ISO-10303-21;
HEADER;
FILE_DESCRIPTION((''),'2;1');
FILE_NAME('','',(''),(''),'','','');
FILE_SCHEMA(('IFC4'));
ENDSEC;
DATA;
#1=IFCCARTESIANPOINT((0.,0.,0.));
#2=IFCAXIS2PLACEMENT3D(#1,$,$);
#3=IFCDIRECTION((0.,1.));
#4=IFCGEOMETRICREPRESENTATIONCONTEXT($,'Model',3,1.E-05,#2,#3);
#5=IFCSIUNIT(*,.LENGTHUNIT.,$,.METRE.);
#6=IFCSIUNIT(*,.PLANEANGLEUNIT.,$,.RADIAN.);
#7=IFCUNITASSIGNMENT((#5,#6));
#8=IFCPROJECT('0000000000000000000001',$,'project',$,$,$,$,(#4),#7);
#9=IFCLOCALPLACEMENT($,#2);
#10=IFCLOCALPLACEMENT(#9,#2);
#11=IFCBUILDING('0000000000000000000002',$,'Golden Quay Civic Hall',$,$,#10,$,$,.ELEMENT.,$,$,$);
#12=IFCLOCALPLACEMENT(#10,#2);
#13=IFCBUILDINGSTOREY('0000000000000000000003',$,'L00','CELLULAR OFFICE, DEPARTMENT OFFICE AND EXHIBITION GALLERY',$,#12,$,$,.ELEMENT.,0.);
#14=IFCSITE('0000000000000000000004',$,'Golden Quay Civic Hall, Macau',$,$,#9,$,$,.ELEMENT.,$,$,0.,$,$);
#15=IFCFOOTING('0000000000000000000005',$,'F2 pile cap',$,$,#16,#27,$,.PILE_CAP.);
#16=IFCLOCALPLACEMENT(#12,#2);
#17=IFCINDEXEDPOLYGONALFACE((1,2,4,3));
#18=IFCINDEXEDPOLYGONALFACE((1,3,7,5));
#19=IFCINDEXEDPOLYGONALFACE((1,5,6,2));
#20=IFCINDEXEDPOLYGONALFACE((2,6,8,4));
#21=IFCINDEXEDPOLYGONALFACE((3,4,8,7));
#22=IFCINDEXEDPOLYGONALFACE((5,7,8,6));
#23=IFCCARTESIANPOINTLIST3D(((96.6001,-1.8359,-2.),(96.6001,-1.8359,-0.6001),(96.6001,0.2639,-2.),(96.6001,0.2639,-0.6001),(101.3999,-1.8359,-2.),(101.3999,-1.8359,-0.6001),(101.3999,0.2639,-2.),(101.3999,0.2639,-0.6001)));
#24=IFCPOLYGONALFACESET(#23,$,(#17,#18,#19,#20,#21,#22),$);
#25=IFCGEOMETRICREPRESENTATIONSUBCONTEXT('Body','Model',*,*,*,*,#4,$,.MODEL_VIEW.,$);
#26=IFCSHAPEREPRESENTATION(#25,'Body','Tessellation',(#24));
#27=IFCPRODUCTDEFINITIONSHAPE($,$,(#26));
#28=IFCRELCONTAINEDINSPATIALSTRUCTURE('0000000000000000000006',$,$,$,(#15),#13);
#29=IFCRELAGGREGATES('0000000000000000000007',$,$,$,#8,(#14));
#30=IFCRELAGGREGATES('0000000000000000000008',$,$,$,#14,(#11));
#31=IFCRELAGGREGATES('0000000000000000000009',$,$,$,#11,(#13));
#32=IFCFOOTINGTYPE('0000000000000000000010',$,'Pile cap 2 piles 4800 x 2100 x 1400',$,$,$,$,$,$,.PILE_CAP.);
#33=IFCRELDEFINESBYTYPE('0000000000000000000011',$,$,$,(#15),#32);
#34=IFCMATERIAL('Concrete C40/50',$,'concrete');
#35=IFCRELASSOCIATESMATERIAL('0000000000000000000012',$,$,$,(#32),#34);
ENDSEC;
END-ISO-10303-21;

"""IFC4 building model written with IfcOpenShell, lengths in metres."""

from ifc_helpers import new_model, si_unit, direction, frame, origin, place, context, subcontext, project, spatial, polyline, outline, extrude, material, type_object, element, save


model = new_model("IFC4")

# Units and contexts
model_context = context("Model", 3, precision=1e-05, world=origin(), true_north=direction((0.0, 1.0)))
body_context = subcontext(model_context, "Body", "Model", "MODEL_VIEW")
ifc_project = project(units=[si_unit("LENGTHUNIT", "METRE"), si_unit("PLANEANGLEUNIT", "RADIAN")], contexts=[model_context])

# Site, building, storey
site_placement = place(None, origin())
site = spatial("IfcSite", under=ifc_project, at=site_placement, Name="Golden Quay Civic Hall, Macau", CompositionType="ELEMENT", RefElevation=0.0)
building_placement = place(site_placement, origin())
building = spatial("IfcBuilding", under=site, at=building_placement, Name="Golden Quay Civic Hall", CompositionType="ELEMENT")
storey_placement = place(building_placement, origin())
storey = spatial("IfcBuildingStorey", under=building, at=storey_placement, Name="L00", Description="CELLULAR OFFICE, DEPARTMENT OFFICE AND EXHIBITION GALLERY", CompositionType="ELEMENT", Elevation=0.0)

# Footing
ifc_material_1 = material(Name="Concrete C40/50", Category="concrete")
footing_type_1 = type_object("IfcFootingType", Name="Pile cap 2 piles 4800 x 2100 x 1400", PredefinedType="PILE_CAP", material=ifc_material_1)
footing_1_placement = place(storey_placement, frame((0.0, 0.0, -2.0)))
element("IfcFooting", 1, at=footing_1_placement, inside=storey, type_object=footing_type_1, Name="F2 pile cap", PredefinedType="PILE_CAP", context=body_context, shape_type="SweptSolid", body=[
    extrude(outline(polyline([(101.3999, -1.8359), (101.3999, 0.2639), (96.6001, 0.2639), (96.6001, -1.8359), (101.3999, -1.8359)])), origin(), (0.0, 0.0, 1.0), 1.3999),
])

save(model, "model.ifc")
